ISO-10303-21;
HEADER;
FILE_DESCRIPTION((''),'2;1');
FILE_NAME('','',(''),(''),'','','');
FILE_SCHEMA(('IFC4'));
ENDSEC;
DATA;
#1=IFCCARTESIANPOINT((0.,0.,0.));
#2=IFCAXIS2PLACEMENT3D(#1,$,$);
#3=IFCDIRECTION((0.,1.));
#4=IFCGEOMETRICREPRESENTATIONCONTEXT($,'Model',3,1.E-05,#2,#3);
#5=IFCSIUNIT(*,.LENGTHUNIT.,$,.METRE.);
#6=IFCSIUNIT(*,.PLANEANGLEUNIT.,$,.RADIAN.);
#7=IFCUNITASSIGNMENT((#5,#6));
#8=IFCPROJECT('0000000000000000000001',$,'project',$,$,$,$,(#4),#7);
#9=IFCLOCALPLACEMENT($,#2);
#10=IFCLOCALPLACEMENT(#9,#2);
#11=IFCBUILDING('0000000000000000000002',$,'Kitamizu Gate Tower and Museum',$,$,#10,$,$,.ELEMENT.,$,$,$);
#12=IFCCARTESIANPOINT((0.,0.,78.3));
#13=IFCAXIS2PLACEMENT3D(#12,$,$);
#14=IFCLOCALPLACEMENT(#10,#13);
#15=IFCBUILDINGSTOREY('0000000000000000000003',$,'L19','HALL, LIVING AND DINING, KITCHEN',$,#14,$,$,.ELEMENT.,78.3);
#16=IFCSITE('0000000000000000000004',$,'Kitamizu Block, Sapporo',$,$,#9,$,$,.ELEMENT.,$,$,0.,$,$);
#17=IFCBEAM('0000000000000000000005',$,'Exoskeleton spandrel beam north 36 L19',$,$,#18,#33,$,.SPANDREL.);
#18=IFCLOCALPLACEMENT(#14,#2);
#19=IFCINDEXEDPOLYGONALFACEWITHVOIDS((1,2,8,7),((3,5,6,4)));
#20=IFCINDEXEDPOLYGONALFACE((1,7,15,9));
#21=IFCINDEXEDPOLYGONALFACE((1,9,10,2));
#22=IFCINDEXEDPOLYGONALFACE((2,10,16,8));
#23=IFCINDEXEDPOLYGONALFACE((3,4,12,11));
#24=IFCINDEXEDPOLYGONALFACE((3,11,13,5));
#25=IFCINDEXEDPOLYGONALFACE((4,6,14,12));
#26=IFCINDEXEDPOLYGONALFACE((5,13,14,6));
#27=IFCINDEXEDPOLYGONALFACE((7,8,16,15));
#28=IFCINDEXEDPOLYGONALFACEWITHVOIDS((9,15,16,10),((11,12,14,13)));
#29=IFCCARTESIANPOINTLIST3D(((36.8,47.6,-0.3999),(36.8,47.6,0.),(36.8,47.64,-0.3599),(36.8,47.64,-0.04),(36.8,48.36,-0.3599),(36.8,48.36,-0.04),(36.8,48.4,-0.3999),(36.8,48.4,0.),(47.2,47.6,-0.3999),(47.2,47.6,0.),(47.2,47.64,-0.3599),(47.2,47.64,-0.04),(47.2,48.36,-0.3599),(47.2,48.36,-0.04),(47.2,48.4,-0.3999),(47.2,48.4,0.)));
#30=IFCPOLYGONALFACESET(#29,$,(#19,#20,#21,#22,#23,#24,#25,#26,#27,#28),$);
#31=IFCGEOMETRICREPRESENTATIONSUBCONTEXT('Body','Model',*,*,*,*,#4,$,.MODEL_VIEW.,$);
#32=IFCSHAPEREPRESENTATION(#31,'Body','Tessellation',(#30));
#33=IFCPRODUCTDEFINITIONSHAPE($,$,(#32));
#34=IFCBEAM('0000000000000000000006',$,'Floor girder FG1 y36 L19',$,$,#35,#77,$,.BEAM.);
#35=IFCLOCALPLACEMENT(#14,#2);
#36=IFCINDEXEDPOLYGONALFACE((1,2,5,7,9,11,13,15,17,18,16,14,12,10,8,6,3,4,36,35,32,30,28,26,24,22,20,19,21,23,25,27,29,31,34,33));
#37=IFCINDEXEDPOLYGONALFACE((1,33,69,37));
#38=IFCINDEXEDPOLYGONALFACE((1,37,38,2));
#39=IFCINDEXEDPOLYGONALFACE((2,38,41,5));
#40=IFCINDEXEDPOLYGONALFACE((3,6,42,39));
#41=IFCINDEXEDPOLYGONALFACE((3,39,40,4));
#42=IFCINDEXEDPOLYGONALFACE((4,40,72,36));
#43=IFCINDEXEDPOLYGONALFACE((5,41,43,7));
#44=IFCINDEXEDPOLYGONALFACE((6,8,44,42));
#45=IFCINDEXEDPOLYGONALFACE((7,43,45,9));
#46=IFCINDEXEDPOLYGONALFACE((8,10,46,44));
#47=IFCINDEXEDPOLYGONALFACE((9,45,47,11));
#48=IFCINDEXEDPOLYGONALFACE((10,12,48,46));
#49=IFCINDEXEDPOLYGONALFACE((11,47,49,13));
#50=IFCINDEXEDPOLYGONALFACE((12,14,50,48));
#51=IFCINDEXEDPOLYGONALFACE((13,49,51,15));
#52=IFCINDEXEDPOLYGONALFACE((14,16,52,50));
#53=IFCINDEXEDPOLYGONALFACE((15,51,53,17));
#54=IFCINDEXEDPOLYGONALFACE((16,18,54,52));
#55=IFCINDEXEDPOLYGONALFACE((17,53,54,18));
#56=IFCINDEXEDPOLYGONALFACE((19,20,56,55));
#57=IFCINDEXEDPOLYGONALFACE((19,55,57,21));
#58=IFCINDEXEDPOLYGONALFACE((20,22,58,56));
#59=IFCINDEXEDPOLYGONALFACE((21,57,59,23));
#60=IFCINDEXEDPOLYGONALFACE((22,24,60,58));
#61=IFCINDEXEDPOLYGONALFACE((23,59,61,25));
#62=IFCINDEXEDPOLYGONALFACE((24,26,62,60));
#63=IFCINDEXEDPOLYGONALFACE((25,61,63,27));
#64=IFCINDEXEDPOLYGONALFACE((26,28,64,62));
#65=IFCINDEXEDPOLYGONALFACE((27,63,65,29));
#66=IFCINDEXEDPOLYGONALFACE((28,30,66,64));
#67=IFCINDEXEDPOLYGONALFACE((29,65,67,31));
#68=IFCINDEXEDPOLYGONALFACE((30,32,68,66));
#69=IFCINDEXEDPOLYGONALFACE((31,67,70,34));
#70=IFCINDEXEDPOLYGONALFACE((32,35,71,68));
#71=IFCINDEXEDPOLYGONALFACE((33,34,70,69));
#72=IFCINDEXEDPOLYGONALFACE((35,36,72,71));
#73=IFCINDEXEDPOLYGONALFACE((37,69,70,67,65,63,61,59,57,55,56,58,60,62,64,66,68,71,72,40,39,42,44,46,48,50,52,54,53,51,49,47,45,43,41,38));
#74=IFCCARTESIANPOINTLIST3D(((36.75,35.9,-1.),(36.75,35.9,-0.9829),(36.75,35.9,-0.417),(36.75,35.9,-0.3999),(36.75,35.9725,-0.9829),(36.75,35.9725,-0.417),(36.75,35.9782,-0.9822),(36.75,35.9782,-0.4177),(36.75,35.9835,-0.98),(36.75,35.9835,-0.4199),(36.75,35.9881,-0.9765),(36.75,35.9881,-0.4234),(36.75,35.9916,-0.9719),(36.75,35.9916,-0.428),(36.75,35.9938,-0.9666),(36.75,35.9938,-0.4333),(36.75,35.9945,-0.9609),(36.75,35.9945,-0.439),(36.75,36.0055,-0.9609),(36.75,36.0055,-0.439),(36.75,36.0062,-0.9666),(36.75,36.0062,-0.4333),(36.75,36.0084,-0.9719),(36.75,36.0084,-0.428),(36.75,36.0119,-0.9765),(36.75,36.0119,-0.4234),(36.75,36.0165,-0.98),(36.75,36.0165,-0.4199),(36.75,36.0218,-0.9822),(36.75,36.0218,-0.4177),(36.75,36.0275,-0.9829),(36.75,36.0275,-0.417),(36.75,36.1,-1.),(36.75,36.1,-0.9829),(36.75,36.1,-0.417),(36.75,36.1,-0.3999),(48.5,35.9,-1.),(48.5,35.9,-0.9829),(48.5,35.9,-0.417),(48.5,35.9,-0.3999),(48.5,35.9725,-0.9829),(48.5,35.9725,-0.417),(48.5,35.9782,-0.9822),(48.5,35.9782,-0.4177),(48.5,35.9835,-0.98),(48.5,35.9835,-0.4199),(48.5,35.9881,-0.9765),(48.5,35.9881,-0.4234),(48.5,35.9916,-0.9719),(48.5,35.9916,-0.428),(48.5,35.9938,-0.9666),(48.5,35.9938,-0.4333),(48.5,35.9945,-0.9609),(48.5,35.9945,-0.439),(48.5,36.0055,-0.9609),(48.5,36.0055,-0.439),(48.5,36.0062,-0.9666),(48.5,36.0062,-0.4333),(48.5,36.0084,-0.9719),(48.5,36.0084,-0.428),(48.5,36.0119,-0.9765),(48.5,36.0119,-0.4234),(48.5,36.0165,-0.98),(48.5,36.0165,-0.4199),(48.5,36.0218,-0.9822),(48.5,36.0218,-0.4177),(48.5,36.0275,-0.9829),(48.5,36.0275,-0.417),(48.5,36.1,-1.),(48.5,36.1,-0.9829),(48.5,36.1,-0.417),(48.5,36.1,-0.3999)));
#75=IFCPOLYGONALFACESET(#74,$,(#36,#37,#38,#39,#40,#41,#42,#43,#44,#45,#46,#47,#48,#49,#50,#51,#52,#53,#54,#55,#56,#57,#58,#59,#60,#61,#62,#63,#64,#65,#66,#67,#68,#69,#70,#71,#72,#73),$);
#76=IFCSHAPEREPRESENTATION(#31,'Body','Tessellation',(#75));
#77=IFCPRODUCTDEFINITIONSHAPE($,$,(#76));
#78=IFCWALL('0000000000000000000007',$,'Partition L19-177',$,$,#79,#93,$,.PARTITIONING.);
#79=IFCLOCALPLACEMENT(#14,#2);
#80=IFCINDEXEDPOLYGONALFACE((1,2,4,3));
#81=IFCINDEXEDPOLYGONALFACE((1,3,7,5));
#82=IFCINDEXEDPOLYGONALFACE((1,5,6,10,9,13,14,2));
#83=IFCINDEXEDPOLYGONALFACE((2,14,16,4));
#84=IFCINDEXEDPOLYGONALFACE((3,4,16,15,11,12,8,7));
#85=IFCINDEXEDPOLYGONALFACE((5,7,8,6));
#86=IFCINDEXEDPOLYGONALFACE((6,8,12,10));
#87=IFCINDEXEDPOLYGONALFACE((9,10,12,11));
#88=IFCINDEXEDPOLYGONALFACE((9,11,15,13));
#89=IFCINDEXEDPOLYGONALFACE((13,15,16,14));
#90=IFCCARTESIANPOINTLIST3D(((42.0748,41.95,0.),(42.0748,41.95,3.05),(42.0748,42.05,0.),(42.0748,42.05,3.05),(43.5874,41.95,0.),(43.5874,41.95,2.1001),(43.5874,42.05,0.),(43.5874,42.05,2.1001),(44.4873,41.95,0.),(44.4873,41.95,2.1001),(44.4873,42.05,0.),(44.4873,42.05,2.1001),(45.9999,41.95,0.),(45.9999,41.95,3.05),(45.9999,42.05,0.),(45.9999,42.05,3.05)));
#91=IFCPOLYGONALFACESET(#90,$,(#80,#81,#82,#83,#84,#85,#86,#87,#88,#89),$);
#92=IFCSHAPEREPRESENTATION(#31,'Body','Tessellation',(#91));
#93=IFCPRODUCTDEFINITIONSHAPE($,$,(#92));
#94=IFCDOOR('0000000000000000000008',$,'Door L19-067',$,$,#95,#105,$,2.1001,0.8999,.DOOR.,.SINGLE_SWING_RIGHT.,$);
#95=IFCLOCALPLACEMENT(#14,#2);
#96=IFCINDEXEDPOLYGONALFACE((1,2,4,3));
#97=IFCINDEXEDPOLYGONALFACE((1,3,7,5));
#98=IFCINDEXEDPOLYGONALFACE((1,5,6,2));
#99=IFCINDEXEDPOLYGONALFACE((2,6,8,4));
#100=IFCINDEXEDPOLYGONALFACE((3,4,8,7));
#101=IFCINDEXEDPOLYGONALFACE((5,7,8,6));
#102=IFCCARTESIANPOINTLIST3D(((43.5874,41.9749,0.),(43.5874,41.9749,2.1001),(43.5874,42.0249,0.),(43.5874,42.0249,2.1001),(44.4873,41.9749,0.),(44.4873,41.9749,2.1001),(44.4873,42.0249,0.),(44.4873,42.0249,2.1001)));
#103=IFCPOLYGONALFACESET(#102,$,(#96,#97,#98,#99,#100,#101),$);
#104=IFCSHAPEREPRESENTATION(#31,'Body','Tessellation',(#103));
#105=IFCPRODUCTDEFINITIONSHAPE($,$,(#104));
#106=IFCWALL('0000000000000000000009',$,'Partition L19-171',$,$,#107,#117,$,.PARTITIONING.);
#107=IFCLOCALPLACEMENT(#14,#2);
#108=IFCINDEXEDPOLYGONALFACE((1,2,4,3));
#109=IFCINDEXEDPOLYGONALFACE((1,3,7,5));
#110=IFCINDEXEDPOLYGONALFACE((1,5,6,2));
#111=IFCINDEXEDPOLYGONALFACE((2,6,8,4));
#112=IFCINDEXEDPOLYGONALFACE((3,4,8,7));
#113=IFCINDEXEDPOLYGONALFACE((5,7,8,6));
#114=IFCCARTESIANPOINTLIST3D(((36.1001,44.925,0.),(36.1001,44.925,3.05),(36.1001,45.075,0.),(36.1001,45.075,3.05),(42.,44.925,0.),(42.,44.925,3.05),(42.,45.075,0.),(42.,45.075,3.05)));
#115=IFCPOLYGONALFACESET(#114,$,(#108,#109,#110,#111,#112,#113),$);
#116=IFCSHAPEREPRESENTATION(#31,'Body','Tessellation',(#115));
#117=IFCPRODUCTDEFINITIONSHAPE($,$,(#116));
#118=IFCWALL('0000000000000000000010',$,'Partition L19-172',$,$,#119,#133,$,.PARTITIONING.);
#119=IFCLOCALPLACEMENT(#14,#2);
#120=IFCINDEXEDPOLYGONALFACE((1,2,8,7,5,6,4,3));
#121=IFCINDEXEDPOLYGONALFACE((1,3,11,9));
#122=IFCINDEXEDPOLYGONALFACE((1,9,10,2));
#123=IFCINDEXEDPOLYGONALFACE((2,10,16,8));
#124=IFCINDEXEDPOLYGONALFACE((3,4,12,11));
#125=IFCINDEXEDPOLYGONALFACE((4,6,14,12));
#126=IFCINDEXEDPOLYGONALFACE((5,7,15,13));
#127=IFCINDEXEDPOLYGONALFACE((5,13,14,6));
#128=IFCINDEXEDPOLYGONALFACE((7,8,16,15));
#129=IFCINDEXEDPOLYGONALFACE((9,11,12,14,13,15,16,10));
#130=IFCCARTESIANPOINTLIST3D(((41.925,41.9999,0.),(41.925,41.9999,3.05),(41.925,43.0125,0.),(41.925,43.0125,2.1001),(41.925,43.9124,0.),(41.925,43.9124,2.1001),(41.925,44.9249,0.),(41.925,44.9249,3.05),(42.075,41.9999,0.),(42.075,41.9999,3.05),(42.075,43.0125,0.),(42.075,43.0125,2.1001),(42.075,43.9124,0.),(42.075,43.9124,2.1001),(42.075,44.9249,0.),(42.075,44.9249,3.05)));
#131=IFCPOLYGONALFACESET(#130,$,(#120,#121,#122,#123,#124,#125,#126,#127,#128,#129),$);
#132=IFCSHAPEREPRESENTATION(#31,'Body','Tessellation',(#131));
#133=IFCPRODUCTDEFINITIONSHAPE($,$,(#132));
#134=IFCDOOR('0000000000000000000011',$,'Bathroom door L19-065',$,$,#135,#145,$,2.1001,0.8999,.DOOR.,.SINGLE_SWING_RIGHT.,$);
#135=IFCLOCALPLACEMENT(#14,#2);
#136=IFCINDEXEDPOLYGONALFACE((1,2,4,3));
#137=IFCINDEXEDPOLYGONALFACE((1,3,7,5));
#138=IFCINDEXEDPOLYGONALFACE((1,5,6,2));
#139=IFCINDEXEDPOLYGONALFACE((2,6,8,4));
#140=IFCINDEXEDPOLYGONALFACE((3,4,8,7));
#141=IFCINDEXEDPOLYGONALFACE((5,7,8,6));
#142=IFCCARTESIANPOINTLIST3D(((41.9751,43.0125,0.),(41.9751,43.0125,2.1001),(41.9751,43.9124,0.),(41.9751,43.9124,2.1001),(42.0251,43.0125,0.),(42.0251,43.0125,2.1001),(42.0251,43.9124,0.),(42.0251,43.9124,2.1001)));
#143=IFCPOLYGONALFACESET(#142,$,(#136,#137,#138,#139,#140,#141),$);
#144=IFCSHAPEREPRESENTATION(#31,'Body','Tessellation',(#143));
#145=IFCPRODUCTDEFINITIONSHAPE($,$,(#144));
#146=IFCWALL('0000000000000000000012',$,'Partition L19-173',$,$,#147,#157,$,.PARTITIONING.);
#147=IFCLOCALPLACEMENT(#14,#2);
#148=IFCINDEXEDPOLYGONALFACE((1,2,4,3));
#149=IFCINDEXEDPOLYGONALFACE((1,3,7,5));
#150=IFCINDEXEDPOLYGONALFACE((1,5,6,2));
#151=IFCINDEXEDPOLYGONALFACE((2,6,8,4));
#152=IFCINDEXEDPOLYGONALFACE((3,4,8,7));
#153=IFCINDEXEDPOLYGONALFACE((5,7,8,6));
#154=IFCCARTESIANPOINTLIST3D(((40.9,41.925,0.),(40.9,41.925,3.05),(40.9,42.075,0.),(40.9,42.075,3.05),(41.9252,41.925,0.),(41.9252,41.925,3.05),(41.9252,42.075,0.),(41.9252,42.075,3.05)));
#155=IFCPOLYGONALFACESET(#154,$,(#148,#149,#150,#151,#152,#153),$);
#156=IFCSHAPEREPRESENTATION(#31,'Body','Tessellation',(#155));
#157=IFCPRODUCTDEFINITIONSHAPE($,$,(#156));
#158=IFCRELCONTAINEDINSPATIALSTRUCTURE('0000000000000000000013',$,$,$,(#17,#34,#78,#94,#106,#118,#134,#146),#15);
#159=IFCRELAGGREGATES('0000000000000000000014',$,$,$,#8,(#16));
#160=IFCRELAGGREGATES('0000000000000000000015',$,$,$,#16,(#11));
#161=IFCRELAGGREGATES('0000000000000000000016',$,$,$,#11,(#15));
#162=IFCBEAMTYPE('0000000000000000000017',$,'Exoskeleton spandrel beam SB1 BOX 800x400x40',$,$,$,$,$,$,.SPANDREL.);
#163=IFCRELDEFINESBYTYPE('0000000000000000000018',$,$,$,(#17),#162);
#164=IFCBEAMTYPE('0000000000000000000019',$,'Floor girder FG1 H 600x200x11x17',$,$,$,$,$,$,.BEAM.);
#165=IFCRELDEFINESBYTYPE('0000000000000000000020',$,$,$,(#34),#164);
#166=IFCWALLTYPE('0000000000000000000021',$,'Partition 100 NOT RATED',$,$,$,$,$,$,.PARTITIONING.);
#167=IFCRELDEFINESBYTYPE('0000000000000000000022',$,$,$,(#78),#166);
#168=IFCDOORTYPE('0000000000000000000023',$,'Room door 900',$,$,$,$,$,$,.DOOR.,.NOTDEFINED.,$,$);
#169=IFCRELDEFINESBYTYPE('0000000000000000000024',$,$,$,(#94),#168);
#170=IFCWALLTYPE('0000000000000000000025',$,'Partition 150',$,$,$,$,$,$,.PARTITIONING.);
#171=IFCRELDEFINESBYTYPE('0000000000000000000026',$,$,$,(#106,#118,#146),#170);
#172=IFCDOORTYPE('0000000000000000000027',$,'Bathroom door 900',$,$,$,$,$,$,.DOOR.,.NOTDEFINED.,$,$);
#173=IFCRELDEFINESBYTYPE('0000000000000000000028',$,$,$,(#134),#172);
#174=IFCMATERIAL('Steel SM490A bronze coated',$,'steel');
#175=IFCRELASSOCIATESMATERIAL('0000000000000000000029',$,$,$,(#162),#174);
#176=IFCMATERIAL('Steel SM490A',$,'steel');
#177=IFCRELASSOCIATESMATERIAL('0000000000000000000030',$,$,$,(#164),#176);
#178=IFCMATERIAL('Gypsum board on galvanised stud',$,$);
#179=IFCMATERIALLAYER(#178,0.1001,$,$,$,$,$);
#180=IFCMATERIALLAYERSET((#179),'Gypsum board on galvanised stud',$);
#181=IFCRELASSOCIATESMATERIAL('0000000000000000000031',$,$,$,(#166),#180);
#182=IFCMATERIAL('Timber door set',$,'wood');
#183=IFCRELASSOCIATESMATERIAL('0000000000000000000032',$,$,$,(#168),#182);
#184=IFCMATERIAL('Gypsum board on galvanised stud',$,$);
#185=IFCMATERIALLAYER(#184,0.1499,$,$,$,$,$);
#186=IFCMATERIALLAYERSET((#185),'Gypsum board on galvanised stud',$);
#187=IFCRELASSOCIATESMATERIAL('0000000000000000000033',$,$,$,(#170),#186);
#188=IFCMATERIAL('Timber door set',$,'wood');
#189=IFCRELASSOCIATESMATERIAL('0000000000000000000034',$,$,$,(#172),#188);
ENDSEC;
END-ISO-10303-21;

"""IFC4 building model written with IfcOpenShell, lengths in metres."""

from ifc_helpers import new_model, si_unit, direction, frame, frame_2d, origin, origin_2d, place, context, subcontext, project, spatial, rectangle, hollow_rectangle, i_section, extrude, material, layer, layer_set, material_profile, profile_set, type_object, element, fill, save


model = new_model("IFC4")

# Units and contexts
model_context = context("Model", 3, precision=1e-05, world=origin(), true_north=direction((0.0, 1.0)))
body_context = subcontext(model_context, "Body", "Model", "MODEL_VIEW")
ifc_project = project(units=[si_unit("LENGTHUNIT", "METRE"), si_unit("PLANEANGLEUNIT", "RADIAN")], contexts=[model_context])

# Site, building, storey
site_placement = place(None, origin())
site = spatial("IfcSite", under=ifc_project, at=site_placement, Name="Kitamizu Block, Sapporo", CompositionType="ELEMENT", RefElevation=0.0)
building_placement = place(site_placement, origin())
building = spatial("IfcBuilding", under=site, at=building_placement, Name="Kitamizu Gate Tower and Museum", CompositionType="ELEMENT")
storey_placement = place(building_placement, frame((0.0, 0.0, 78.3)))
storey = spatial("IfcBuildingStorey", under=building, at=storey_placement, Name="L19", Description="HALL, LIVING AND DINING, KITCHEN", CompositionType="ELEMENT", Elevation=78.3)

# Beams
ifc_material_1 = material(Name="Steel SM490A bronze coated", Category="steel")
ifc_material_profile_1 = material_profile(ifc_material_1, hollow_rectangle(XDim=0.8, YDim=0.3999, WallThickness=0.04, at=origin_2d()), Name="BOX 800x400x40")
ifc_profile_set_1 = profile_set([ifc_material_profile_1], Name="Steel SM490A bronze coated")
beam_type_1 = type_object("IfcBeamType", Name="Exoskeleton spandrel beam SB1 BOX 800x400x40", PredefinedType="SPANDREL", material=ifc_profile_set_1)
beam_1_placement = place(storey_placement, frame((36.8, 48.0, -0.2), z_axis=(1.0, 0.0, 0.0), x_axis=(0.0, 1.0, 0.0)))
element("IfcBeam", 1, at=beam_1_placement, inside=storey, type_object=beam_type_1, Name="Exoskeleton spandrel beam north 36 L19", PredefinedType="SPANDREL", context=body_context, shape_type="SweptSolid", body=[
    extrude(hollow_rectangle(XDim=0.8, YDim=0.3999, WallThickness=0.04, at=origin_2d()), origin(), (0.0, 0.0, 1.0), 10.3999),
])
ifc_material_2 = material(Name="Steel SM490A", Category="steel")
ifc_material_profile_2 = material_profile(ifc_material_2, i_section(OverallWidth=0.2, OverallDepth=0.6001, WebThickness=0.011, FlangeThickness=0.0171, FilletRadius=0.022, at=origin_2d()), Name="H-600x200x11x17")
ifc_profile_set_2 = profile_set([ifc_material_profile_2], Name="Steel SM490A")
beam_type_2 = type_object("IfcBeamType", Name="Floor girder FG1 H 600x200x11x17", PredefinedType="BEAM", material=ifc_profile_set_2)
beam_2_placement = place(storey_placement, frame((36.75, 36.0, -0.7), z_axis=(1.0, 0.0, 0.0), x_axis=(0.0, 1.0, 0.0)))
element("IfcBeam", 2, at=beam_2_placement, inside=storey, type_object=beam_type_2, Name="Floor girder FG1 y36 L19", PredefinedType="BEAM", context=body_context, shape_type="SweptSolid", body=[
    extrude(i_section(OverallWidth=0.2, OverallDepth=0.6001, WebThickness=0.011, FlangeThickness=0.0171, FilletRadius=0.022, at=origin_2d()), origin(), (0.0, 0.0, 1.0), 11.75),
])

# Wall, opening, door
ifc_material_3 = material(Name="Gypsum board on galvanised stud")
ifc_layer_1 = layer(ifc_material_3, 0.1001)
ifc_layer_set_1 = layer_set([ifc_layer_1], Name="Gypsum board on galvanised stud")
wall_type_1 = type_object("IfcWallType", Name="Partition 100 NOT RATED", PredefinedType="PARTITIONING", material=ifc_layer_set_1)
wall_1_placement = place(storey_placement, frame((42.075, 42.0, 0.0), z_axis=(0.0, 0.0, 1.0), x_axis=(1.0, 0.0, 0.0)))
wall_1 = element("IfcWall", 3, at=wall_1_placement, inside=storey, type_object=wall_type_1, Name="Partition L19-177", PredefinedType="PARTITIONING", context=body_context, shape_type="SweptSolid", body=[
    extrude(rectangle(XDim=3.925, YDim=0.1001, at=frame_2d((1.9624, 0.0))), origin(), (0.0, 0.0, 1.0), 3.05),
])
opening_1_placement = place(wall_1_placement, frame((1.5125, 0.0, 0.0)))
opening_1 = element("IfcOpeningElement", 4, at=opening_1_placement, cuts=wall_1, PredefinedType="OPENING", context=body_context, shape_type="SweptSolid", body=[
    extrude(rectangle(XDim=0.8999, YDim=2.1001, at=frame_2d((0.45, 1.05))), frame((0.0, 0.0601, 0.0), z_axis=(0.0, -1.0, 0.0), x_axis=(1.0, 0.0, 0.0)), (0.0, 0.0, 1.0), 0.1201),
])
ifc_material_4 = material(Name="Timber door set", Category="wood")
door_type_1 = type_object("IfcDoorType", Name="Room door 900", OperationType="NOTDEFINED", PredefinedType="DOOR", material=ifc_material_4)
door_1_placement = place(opening_1_placement, origin())
door_1 = element("IfcDoor", 5, at=door_1_placement, inside=storey, type_object=door_type_1, Name="Door L19-067", OperationType="SINGLE_SWING_RIGHT", OverallHeight=2.1001, OverallWidth=0.8999, PredefinedType="DOOR", context=body_context, shape_type="SweptSolid", body=[
    extrude(rectangle(XDim=0.8999, YDim=2.1001, at=frame_2d((0.45, 1.05))), frame((0.0, 0.0249, 0.0), z_axis=(0.0, -1.0, 0.0), x_axis=(1.0, 0.0, 0.0)), (0.0, 0.0, 1.0), 0.05),
])
fill(opening_1, door_1)

# Wall
ifc_material_5 = material(Name="Gypsum board on galvanised stud")
ifc_layer_2 = layer(ifc_material_5, 0.1499)
ifc_layer_set_2 = layer_set([ifc_layer_2], Name="Gypsum board on galvanised stud")
wall_type_2 = type_object("IfcWallType", Name="Partition 150", PredefinedType="PARTITIONING", material=ifc_layer_set_2)
wall_2_placement = place(storey_placement, frame((42.0, 45.0, 0.0), z_axis=(0.0, 0.0, 1.0), x_axis=(-1.0, 0.0, 0.0)))
element("IfcWall", 6, at=wall_2_placement, inside=storey, type_object=wall_type_2, Name="Partition L19-171", PredefinedType="PARTITIONING", context=body_context, shape_type="SweptSolid", body=[
    extrude(rectangle(XDim=5.8999, YDim=0.1499, at=frame_2d((2.95, 0.0))), origin(), (0.0, 0.0, 1.0), 3.05),
])

# Wall, opening, door
wall_3_placement = place(storey_placement, frame((42.0, 42.0, 0.0), z_axis=(0.0, 0.0, 1.0), x_axis=(0.0, 1.0, 0.0)))
wall_3 = element("IfcWall", 7, at=wall_3_placement, inside=storey, type_object=wall_type_2, Name="Partition L19-172", PredefinedType="PARTITIONING", context=body_context, shape_type="SweptSolid", body=[
    extrude(rectangle(XDim=2.925, YDim=0.1499, at=frame_2d((1.4624, 0.0))), origin(), (0.0, 0.0, 1.0), 3.05),
])
opening_2_placement = place(wall_3_placement, frame((1.0125, 0.0, 0.0)))
opening_2 = element("IfcOpeningElement", 8, at=opening_2_placement, cuts=wall_3, PredefinedType="OPENING", context=body_context, shape_type="SweptSolid", body=[
    extrude(rectangle(XDim=0.8999, YDim=2.1001, at=frame_2d((0.45, 1.05))), frame((0.0, 0.085, 0.0), z_axis=(0.0, -1.0, 0.0), x_axis=(1.0, 0.0, 0.0)), (0.0, 0.0, 1.0), 0.1699),
])
ifc_material_6 = material(Name="Timber door set", Category="wood")
door_type_2 = type_object("IfcDoorType", Name="Bathroom door 900", OperationType="NOTDEFINED", PredefinedType="DOOR", material=ifc_material_6)
door_2_placement = place(opening_2_placement, origin())
door_2 = element("IfcDoor", 9, at=door_2_placement, inside=storey, type_object=door_type_2, Name="Bathroom door L19-065", OperationType="SINGLE_SWING_RIGHT", OverallHeight=2.1001, OverallWidth=0.8999, PredefinedType="DOOR", context=body_context, shape_type="SweptSolid", body=[
    extrude(rectangle(XDim=0.8999, YDim=2.1001, at=frame_2d((0.45, 1.05))), frame((0.0, 0.0249, 0.0), z_axis=(0.0, -1.0, 0.0), x_axis=(1.0, 0.0, 0.0)), (0.0, 0.0, 1.0), 0.05),
])
fill(opening_2, door_2)

# Wall
wall_4_placement = place(storey_placement, frame((40.8999, 42.0, 0.0), z_axis=(0.0, 0.0, 1.0), x_axis=(1.0, 0.0, 0.0)))
element("IfcWall", 10, at=wall_4_placement, inside=storey, type_object=wall_type_2, Name="Partition L19-173", PredefinedType="PARTITIONING", context=body_context, shape_type="SweptSolid", body=[
    extrude(rectangle(XDim=1.0251, YDim=0.1499, at=frame_2d((0.5127, 0.0))), origin(), (0.0, 0.0, 1.0), 3.05),
])

save(model, "model.ifc")
